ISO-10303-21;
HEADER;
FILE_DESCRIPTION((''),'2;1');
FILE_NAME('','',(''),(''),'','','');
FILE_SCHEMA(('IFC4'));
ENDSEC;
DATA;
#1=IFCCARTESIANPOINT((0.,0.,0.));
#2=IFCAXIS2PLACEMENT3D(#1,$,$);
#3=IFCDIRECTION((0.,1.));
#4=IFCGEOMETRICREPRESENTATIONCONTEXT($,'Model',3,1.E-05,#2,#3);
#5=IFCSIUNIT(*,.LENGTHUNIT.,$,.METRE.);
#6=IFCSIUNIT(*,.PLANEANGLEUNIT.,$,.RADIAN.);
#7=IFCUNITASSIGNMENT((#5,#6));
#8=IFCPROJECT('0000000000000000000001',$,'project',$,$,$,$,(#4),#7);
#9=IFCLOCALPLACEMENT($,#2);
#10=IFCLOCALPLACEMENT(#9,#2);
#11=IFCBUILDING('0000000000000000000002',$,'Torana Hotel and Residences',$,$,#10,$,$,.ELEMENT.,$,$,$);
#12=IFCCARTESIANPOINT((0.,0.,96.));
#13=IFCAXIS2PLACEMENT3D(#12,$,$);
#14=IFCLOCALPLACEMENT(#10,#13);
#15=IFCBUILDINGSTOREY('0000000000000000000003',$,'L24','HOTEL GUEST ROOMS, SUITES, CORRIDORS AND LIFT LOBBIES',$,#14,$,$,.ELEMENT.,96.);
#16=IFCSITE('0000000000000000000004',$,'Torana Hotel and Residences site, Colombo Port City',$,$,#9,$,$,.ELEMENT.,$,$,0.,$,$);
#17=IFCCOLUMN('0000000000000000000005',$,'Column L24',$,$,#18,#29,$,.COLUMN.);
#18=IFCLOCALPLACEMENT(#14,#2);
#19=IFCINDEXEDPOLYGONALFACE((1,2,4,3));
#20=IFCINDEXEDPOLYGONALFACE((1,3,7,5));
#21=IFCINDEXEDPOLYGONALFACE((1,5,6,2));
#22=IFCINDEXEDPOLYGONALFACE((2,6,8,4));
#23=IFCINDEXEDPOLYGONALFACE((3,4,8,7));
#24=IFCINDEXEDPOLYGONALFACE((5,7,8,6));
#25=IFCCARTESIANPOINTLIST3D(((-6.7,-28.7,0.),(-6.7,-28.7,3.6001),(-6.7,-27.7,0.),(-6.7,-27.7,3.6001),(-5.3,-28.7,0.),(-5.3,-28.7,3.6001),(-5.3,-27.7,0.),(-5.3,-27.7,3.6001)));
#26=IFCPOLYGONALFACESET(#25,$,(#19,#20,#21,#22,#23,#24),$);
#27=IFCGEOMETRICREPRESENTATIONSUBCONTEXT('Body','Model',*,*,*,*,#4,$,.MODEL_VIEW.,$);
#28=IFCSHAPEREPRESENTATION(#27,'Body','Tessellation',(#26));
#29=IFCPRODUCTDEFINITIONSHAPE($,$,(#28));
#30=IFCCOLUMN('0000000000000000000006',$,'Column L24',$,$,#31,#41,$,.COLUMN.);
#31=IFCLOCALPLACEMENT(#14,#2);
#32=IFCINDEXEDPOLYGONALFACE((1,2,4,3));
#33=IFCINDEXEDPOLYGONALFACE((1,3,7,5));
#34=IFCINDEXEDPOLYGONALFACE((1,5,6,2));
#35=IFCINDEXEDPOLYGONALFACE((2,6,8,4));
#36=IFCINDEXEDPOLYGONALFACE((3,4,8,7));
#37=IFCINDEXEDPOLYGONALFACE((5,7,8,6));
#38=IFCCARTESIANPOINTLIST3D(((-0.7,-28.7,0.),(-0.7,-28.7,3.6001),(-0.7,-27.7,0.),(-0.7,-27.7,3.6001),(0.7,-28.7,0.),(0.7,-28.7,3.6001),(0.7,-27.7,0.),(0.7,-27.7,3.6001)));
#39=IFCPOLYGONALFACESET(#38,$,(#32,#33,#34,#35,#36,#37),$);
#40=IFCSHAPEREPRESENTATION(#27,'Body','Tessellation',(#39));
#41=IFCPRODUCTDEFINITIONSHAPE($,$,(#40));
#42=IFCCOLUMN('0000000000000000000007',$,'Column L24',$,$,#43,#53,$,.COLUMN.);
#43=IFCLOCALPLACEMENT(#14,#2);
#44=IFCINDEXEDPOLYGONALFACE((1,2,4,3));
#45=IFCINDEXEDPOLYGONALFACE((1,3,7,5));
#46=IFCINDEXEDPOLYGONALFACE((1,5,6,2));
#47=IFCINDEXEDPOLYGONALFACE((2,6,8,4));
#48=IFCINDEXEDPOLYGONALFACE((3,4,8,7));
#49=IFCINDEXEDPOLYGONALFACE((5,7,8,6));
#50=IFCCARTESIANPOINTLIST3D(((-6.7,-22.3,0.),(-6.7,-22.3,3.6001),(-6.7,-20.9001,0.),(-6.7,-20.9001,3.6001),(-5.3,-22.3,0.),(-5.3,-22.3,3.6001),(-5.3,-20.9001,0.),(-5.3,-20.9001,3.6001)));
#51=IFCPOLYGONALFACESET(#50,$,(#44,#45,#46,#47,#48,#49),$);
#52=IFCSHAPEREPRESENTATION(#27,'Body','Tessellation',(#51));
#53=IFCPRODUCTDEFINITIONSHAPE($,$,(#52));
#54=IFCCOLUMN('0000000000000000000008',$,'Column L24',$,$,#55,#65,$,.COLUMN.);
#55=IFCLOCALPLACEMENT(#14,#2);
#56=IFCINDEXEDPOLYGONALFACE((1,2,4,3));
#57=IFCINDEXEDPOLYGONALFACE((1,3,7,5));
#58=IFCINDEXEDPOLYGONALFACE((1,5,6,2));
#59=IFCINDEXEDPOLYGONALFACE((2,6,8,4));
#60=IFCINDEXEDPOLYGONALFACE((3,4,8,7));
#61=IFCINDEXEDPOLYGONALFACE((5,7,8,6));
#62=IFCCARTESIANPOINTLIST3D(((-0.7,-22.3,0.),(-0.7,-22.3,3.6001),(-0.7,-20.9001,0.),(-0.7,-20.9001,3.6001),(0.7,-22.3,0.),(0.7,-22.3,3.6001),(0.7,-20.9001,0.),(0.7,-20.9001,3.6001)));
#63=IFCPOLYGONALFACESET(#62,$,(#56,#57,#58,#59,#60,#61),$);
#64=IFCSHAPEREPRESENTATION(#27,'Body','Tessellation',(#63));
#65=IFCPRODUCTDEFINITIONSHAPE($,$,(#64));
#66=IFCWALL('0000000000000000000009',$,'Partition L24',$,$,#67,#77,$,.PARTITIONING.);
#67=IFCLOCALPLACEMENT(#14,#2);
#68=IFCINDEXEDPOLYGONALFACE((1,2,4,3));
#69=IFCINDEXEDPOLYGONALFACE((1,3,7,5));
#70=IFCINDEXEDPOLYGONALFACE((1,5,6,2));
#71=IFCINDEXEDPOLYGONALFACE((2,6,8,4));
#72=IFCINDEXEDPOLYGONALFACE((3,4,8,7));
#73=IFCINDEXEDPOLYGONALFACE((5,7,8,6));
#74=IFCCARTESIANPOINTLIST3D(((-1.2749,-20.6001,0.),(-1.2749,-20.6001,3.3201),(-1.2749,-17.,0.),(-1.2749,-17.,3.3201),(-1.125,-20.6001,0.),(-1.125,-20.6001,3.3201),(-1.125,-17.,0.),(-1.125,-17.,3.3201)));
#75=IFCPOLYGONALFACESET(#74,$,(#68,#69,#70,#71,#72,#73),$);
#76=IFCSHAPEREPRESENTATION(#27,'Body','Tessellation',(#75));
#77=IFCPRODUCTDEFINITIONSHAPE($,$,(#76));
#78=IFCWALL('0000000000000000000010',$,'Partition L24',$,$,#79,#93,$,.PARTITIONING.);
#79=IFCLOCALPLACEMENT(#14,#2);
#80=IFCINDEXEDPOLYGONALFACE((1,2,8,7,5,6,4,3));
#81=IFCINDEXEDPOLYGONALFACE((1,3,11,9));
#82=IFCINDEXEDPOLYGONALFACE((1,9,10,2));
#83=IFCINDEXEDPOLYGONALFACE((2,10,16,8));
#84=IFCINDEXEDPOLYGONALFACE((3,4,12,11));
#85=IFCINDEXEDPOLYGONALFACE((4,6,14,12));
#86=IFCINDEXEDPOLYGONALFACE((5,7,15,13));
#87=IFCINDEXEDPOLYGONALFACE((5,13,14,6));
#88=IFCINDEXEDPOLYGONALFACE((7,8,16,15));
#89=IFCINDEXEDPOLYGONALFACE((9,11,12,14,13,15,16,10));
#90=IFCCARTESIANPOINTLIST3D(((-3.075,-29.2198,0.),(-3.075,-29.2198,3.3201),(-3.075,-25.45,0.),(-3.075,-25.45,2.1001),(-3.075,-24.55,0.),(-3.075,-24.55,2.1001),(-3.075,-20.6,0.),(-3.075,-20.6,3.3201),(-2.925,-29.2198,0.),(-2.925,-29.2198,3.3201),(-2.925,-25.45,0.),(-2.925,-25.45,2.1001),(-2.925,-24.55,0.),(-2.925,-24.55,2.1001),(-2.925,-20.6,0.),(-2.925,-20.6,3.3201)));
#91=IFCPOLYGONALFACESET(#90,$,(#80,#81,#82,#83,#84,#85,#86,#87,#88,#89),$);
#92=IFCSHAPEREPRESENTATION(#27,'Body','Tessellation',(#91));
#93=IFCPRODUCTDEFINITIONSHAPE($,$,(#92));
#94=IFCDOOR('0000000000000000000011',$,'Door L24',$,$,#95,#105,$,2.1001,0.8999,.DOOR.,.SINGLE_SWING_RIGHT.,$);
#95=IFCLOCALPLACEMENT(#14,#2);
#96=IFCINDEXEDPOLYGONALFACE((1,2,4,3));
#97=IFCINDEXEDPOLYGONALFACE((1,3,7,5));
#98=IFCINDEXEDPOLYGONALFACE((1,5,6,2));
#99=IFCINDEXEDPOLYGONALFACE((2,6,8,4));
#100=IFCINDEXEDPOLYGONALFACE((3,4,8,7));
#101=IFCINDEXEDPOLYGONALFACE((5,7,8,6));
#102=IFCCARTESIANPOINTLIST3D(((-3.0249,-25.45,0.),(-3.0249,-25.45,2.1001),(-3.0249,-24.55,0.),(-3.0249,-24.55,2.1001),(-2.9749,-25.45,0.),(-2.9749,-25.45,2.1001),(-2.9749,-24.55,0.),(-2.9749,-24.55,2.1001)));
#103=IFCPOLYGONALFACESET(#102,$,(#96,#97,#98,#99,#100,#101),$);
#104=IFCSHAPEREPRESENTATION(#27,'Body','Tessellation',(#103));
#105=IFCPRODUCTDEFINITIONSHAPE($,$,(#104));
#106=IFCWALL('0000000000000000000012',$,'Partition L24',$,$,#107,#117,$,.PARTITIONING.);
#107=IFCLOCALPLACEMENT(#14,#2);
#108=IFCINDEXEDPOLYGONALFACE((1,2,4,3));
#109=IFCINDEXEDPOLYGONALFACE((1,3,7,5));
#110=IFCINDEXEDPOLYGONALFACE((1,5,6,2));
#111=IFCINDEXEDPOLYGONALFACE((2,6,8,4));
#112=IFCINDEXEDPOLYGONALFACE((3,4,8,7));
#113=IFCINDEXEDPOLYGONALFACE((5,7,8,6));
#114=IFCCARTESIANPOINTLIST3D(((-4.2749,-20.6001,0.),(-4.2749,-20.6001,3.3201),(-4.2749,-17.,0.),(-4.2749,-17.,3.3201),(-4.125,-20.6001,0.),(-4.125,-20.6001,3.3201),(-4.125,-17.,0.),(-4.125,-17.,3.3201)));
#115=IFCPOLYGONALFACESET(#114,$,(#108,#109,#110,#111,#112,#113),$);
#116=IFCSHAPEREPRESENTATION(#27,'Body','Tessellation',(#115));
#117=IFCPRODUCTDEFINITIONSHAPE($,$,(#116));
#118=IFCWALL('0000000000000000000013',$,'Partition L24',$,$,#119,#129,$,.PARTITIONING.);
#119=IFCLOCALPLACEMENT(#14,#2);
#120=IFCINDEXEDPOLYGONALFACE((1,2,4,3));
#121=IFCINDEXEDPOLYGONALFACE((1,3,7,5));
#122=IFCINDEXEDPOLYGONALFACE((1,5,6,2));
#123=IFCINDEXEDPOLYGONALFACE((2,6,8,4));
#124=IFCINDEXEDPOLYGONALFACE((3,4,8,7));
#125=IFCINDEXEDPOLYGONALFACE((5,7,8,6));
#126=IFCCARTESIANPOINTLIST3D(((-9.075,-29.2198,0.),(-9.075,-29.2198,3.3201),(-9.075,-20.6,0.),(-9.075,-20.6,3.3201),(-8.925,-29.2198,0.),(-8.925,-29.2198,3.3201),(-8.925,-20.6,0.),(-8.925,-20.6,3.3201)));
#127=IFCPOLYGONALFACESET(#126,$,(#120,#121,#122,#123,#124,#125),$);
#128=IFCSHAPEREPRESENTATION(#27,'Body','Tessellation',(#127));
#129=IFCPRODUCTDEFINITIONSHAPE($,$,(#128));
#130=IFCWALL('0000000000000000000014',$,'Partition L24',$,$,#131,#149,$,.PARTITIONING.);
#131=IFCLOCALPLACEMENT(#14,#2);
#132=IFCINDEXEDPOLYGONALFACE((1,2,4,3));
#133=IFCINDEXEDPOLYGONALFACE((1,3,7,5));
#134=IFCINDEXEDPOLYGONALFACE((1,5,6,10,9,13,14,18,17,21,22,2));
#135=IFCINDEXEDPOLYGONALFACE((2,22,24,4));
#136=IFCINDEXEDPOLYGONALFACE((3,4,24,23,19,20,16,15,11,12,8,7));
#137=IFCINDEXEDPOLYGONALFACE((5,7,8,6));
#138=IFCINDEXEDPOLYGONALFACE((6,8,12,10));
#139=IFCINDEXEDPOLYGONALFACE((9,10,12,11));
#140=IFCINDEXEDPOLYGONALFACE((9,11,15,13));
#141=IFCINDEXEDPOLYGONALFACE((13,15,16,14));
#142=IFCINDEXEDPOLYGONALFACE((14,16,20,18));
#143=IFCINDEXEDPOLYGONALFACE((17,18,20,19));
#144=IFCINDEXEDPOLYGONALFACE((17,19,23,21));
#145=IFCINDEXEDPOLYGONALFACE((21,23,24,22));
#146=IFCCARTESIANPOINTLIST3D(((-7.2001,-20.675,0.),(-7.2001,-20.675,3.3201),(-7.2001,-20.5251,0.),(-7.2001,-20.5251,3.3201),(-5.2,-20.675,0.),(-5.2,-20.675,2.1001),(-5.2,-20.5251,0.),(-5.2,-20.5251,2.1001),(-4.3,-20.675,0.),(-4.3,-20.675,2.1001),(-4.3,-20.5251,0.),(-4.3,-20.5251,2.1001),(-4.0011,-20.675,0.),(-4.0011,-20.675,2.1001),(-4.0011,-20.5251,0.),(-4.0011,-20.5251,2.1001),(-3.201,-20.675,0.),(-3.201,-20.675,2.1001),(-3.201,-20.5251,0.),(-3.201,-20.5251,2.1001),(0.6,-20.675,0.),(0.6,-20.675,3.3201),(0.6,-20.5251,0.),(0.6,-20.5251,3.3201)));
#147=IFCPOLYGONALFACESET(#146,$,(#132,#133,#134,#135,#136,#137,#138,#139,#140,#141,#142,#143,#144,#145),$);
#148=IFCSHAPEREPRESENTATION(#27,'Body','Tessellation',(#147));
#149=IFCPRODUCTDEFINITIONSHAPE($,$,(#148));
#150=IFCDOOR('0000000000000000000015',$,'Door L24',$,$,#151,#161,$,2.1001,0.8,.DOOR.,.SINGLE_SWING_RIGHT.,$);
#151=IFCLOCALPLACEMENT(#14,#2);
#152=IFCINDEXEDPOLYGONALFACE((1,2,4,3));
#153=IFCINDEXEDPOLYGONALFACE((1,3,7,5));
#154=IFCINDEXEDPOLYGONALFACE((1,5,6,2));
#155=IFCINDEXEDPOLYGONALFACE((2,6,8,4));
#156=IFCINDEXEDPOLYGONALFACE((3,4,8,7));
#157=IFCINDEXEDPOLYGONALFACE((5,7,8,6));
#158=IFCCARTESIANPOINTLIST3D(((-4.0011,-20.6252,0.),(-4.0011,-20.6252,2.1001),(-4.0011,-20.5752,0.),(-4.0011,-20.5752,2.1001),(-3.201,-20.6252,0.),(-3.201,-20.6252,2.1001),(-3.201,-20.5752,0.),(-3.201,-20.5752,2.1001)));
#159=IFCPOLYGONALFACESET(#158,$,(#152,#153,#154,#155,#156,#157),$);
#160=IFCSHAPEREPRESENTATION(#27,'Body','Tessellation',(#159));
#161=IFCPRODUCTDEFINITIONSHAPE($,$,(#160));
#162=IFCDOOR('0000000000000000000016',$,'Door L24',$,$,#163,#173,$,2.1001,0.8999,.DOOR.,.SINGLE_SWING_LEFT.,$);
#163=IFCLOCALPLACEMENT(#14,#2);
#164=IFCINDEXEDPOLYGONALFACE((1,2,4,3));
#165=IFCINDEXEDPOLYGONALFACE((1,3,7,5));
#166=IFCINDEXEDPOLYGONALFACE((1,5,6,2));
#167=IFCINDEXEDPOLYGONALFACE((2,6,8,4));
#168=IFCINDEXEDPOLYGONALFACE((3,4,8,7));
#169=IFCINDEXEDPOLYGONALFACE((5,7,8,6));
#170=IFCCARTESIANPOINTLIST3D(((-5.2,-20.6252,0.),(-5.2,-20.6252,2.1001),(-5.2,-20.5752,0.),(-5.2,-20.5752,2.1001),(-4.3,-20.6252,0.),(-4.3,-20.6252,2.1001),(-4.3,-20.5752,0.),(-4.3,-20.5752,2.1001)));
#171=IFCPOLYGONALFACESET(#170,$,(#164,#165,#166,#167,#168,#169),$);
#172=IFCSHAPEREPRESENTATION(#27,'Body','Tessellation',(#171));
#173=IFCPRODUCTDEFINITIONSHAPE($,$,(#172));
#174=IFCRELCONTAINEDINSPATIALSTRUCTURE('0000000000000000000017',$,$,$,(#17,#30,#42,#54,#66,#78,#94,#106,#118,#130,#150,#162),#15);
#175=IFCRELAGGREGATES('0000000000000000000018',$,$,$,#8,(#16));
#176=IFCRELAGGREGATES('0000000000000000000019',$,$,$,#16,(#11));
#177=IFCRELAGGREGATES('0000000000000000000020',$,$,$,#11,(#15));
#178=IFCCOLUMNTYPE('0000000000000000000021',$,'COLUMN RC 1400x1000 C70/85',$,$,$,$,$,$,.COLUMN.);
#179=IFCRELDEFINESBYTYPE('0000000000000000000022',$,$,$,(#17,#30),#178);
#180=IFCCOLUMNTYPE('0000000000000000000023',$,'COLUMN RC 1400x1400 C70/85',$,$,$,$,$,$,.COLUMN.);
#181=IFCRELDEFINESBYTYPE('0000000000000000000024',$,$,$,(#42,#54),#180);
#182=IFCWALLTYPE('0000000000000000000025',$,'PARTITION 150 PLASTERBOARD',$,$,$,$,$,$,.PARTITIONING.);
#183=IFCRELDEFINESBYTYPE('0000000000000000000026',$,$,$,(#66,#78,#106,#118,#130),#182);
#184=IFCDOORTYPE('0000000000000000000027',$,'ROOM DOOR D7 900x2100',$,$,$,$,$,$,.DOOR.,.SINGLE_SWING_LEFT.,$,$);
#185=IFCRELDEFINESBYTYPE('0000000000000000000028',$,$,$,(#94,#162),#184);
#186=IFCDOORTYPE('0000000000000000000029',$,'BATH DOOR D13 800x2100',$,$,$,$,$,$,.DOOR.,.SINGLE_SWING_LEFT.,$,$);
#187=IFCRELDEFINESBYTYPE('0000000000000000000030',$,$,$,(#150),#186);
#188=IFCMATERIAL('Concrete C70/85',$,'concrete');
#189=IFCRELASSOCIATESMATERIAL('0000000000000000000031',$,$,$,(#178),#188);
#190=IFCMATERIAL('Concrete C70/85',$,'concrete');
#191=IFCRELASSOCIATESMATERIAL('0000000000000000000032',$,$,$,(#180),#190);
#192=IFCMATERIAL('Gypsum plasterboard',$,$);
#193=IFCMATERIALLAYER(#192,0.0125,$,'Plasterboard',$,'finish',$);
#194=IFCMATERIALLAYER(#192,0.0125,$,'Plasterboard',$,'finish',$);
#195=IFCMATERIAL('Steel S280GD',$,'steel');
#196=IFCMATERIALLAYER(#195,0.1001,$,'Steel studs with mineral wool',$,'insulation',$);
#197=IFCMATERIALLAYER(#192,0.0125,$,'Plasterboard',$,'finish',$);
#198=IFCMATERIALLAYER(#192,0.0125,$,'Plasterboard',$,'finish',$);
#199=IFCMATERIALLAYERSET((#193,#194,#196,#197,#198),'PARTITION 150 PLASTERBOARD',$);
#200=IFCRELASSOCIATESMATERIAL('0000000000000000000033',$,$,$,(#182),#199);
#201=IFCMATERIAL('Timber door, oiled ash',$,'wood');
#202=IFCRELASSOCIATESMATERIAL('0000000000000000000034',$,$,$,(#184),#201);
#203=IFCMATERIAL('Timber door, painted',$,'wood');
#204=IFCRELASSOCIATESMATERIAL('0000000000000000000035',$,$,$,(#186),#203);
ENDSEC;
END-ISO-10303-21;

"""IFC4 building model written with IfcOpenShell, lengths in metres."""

from ifc_helpers import new_model, si_unit, direction, frame, frame_2d, origin, origin_2d, place, context, subcontext, project, spatial, rectangle, extrude, material, layer, layer_set, material_profile, profile_set, type_object, element, fill, save


model = new_model("IFC4")

# Units and contexts
model_context = context("Model", 3, precision=1e-05, world=origin(), true_north=direction((0.0, 1.0)))
body_context = subcontext(model_context, "Body", "Model", "MODEL_VIEW")
ifc_project = project(units=[si_unit("LENGTHUNIT", "METRE"), si_unit("PLANEANGLEUNIT", "RADIAN")], contexts=[model_context])

# Site, building, storey
site_placement = place(None, origin())
site = spatial("IfcSite", under=ifc_project, at=site_placement, Name="Torana Hotel and Residences site, Colombo Port City", CompositionType="ELEMENT", RefElevation=0.0)
building_placement = place(site_placement, origin())
building = spatial("IfcBuilding", under=site, at=building_placement, Name="Torana Hotel and Residences", CompositionType="ELEMENT")
storey_placement = place(building_placement, frame((0.0, 0.0, 96.0)))
storey = spatial("IfcBuildingStorey", under=building, at=storey_placement, Name="L24", Description="HOTEL GUEST ROOMS, SUITES, CORRIDORS AND LIFT LOBBIES", CompositionType="ELEMENT", Elevation=96.0)

# Columns
ifc_material_1 = material(Name="Concrete C70/85", Category="concrete")
ifc_material_profile_1 = material_profile(ifc_material_1, rectangle(XDim=1.3999, YDim=1.0, at=origin_2d()), Name="RC 1400x1000")
ifc_profile_set_1 = profile_set([ifc_material_profile_1], Name="Concrete C70/85")
column_type_1 = type_object("IfcColumnType", Name="COLUMN RC 1400x1000 C70/85", PredefinedType="COLUMN", material=ifc_profile_set_1)
for number, where, z_axis, x_axis, name in (
    (1, (-6.0, -28.2, 0.0), (0.0, 0.0, 1.0), (1.0, 0.0, 0.0), "Column L24"),
    (2, (0.0, -28.2, 0.0), (0.0, 0.0, 1.0), (1.0, 0.0, 0.0), "Column L24"),
):
    element("IfcColumn", number, at=place(storey_placement, frame(where, z_axis=z_axis, x_axis=x_axis)), inside=storey, type_object=column_type_1, Name=name, PredefinedType="COLUMN", context=body_context, shape_type="SweptSolid", body=[
        extrude(rectangle(XDim=1.3999, YDim=1.0, at=origin_2d()), origin(), (0.0, 0.0, 1.0), 3.6001),
    ])
ifc_material_2 = material(Name="Concrete C70/85", Category="concrete")
ifc_material_profile_2 = material_profile(ifc_material_2, rectangle(XDim=1.3999, YDim=1.3999, at=origin_2d()), Name="RC 1400x1400")
ifc_profile_set_2 = profile_set([ifc_material_profile_2], Name="Concrete C70/85")
column_type_2 = type_object("IfcColumnType", Name="COLUMN RC 1400x1400 C70/85", PredefinedType="COLUMN", material=ifc_profile_set_2)
for number, where, z_axis, x_axis, name in (
    (3, (-6.0, -21.6001, 0.0), (0.0, 0.0, 1.0), (1.0, 0.0, 0.0), "Column L24"),
    (4, (0.0, -21.6001, 0.0), (0.0, 0.0, 1.0), (1.0, 0.0, 0.0), "Column L24"),
):
    element("IfcColumn", number, at=place(storey_placement, frame(where, z_axis=z_axis, x_axis=x_axis)), inside=storey, type_object=column_type_2, Name=name, PredefinedType="COLUMN", context=body_context, shape_type="SweptSolid", body=[
        extrude(rectangle(XDim=1.3999, YDim=1.3999, at=origin_2d()), origin(), (0.0, 0.0, 1.0), 3.6001),
    ])

# Wall
ifc_material_3 = material(Name="Gypsum plasterboard")
ifc_layer_1 = layer(ifc_material_3, 0.0125, Name="Plasterboard", Category="finish")
ifc_layer_2 = layer(ifc_material_3, 0.0125, Name="Plasterboard", Category="finish")
ifc_material_4 = material(Name="Steel S280GD", Category="steel")
ifc_layer_3 = layer(ifc_material_4, 0.1001, Name="Steel studs with mineral wool", Category="insulation")
ifc_layer_4 = layer(ifc_material_3, 0.0125, Name="Plasterboard", Category="finish")
ifc_layer_5 = layer(ifc_material_3, 0.0125, Name="Plasterboard", Category="finish")
ifc_layer_set_1 = layer_set([ifc_layer_1, ifc_layer_2, ifc_layer_3, ifc_layer_4, ifc_layer_5], Name="PARTITION 150 PLASTERBOARD")
wall_type_1 = type_object("IfcWallType", Name="PARTITION 150 PLASTERBOARD", PredefinedType="PARTITIONING", material=ifc_layer_set_1)
wall_1_placement = place(storey_placement, frame((-1.2, -20.6001, 0.0), z_axis=(0.0, 0.0, 1.0), x_axis=(0.0, 1.0, 0.0)))
element("IfcWall", 5, at=wall_1_placement, inside=storey, type_object=wall_type_1, Name="Partition L24", PredefinedType="PARTITIONING", context=body_context, shape_type="SweptSolid", body=[
    extrude(rectangle(XDim=3.6001, YDim=0.1499, at=frame_2d((1.8, 0.0))), origin(), (0.0, 0.0, 1.0), 3.3201),
])

# Wall, opening, door
wall_2_placement = place(storey_placement, frame((-3.0, -29.22, 0.0), z_axis=(0.0, 0.0, 1.0), x_axis=(0.0, 1.0, 0.0)))
wall_2 = element("IfcWall", 6, at=wall_2_placement, inside=storey, type_object=wall_type_1, Name="Partition L24", PredefinedType="PARTITIONING", context=body_context, shape_type="SweptSolid", body=[
    extrude(rectangle(XDim=8.6199, YDim=0.1499, at=frame_2d((4.3101, 0.0))), origin(), (0.0, 0.0, 1.0), 3.3201),
])
opening_1_placement = place(wall_2_placement, frame((3.77, 0.0, 0.0)))
opening_1 = element("IfcOpeningElement", 7, at=opening_1_placement, cuts=wall_2, PredefinedType="OPENING", context=body_context, shape_type="SweptSolid", body=[
    extrude(rectangle(XDim=0.8999, YDim=2.1001, at=frame_2d((0.45, 1.05))), frame((0.0, 0.085, 0.0), z_axis=(0.0, -1.0, 0.0), x_axis=(1.0, 0.0, 0.0)), (0.0, 0.0, 1.0), 0.1699),
])
ifc_material_5 = material(Name="Timber door, oiled ash", Category="wood")
door_type_1 = type_object("IfcDoorType", Name="ROOM DOOR D7 900x2100", OperationType="SINGLE_SWING_LEFT", PredefinedType="DOOR", material=ifc_material_5)
door_1_placement = place(opening_1_placement, origin())
door_1 = element("IfcDoor", 8, at=door_1_placement, inside=storey, type_object=door_type_1, Name="Door L24", OperationType="SINGLE_SWING_RIGHT", OverallHeight=2.1001, OverallWidth=0.8999, PredefinedType="DOOR", context=body_context, shape_type="SweptSolid", body=[
    extrude(rectangle(XDim=0.8999, YDim=2.1001, at=frame_2d((0.45, 1.05))), frame((0.0, 0.0249, 0.0), z_axis=(0.0, -1.0, 0.0), x_axis=(1.0, 0.0, 0.0)), (0.0, 0.0, 1.0), 0.05),
])
fill(opening_1, door_1)

# Walls
wall_3_placement = place(storey_placement, frame((-4.2, -20.6001, 0.0), z_axis=(0.0, 0.0, 1.0), x_axis=(0.0, 1.0, 0.0)))
element("IfcWall", 9, at=wall_3_placement, inside=storey, type_object=wall_type_1, Name="Partition L24", PredefinedType="PARTITIONING", context=body_context, shape_type="SweptSolid", body=[
    extrude(rectangle(XDim=3.6001, YDim=0.1499, at=frame_2d((1.8, 0.0))), origin(), (0.0, 0.0, 1.0), 3.3201),
])
wall_4_placement = place(storey_placement, frame((-9.0, -29.22, 0.0), z_axis=(0.0, 0.0, 1.0), x_axis=(0.0, 1.0, 0.0)))
element("IfcWall", 10, at=wall_4_placement, inside=storey, type_object=wall_type_1, Name="Partition L24", PredefinedType="PARTITIONING", context=body_context, shape_type="SweptSolid", body=[
    extrude(rectangle(XDim=8.6199, YDim=0.1499, at=frame_2d((4.3101, 0.0))), origin(), (0.0, 0.0, 1.0), 3.3201),
])

# Wall, openings, doors
wall_5_placement = place(storey_placement, frame((-7.2, -20.6001, 0.0), z_axis=(0.0, 0.0, 1.0), x_axis=(1.0, 0.0, 0.0)))
wall_5 = element("IfcWall", 11, at=wall_5_placement, inside=storey, type_object=wall_type_1, Name="Partition L24", PredefinedType="PARTITIONING", context=body_context, shape_type="SweptSolid", body=[
    extrude(rectangle(XDim=7.8, YDim=0.1499, at=frame_2d((3.8999, 0.0))), origin(), (0.0, 0.0, 1.0), 3.3201),
])
opening_2_placement = place(wall_5_placement, frame((2.0, 0.0, 0.0)))
opening_2 = element("IfcOpeningElement", 12, at=opening_2_placement, cuts=wall_5, PredefinedType="OPENING", context=body_context, shape_type="SweptSolid", body=[
    extrude(rectangle(XDim=0.8999, YDim=2.1001, at=frame_2d((0.45, 1.05))), frame((0.0, 0.085, 0.0), z_axis=(0.0, -1.0, 0.0), x_axis=(1.0, 0.0, 0.0)), (0.0, 0.0, 1.0), 0.1699),
])
opening_3_placement = place(wall_5_placement, frame((3.199, 0.0, 0.0)))
opening_3 = element("IfcOpeningElement", 13, at=opening_3_placement, cuts=wall_5, PredefinedType="OPENING", context=body_context, shape_type="SweptSolid", body=[
    extrude(rectangle(XDim=0.8, YDim=2.1001, at=frame_2d((0.3999, 1.05))), frame((0.0, 0.085, 0.0), z_axis=(0.0, -1.0, 0.0), x_axis=(1.0, 0.0, 0.0)), (0.0, 0.0, 1.0), 0.1699),
])
ifc_material_6 = material(Name="Timber door, painted", Category="wood")
door_type_2 = type_object("IfcDoorType", Name="BATH DOOR D13 800x2100", OperationType="SINGLE_SWING_LEFT", PredefinedType="DOOR", material=ifc_material_6)
door_2_placement = place(opening_3_placement, origin())
door_2 = element("IfcDoor", 14, at=door_2_placement, inside=storey, type_object=door_type_2, Name="Door L24", OperationType="SINGLE_SWING_RIGHT", OverallHeight=2.1001, OverallWidth=0.8, PredefinedType="DOOR", context=body_context, shape_type="SweptSolid", body=[
    extrude(rectangle(XDim=0.8, YDim=2.1001, at=frame_2d((0.3999, 1.05))), frame((0.0, 0.0249, 0.0), z_axis=(0.0, -1.0, 0.0), x_axis=(1.0, 0.0, 0.0)), (0.0, 0.0, 1.0), 0.05),
])
fill(opening_3, door_2)
door_3_placement = place(opening_2_placement, frame((0.45, 0.0, 0.0), z_axis=(0.0, 0.0, 1.0), x_axis=(-1.0, 0.0, 0.0)))
door_3 = element("IfcDoor", 15, at=door_3_placement, inside=storey, type_object=door_type_1, Name="Door L24", OperationType="SINGLE_SWING_LEFT", OverallHeight=2.1001, OverallWidth=0.8999, PredefinedType="DOOR", context=body_context, shape_type="SweptSolid", body=[
    extrude(rectangle(XDim=0.8999, YDim=2.1001, at=frame_2d((0.0, 1.05))), frame((0.0, -0.0249, 0.0), z_axis=(0.0, 1.0, 0.0), x_axis=(-1.0, 0.0, 0.0)), (0.0, 0.0, 1.0), 0.05),
])
fill(opening_2, door_3)

save(model, "model.ifc")
